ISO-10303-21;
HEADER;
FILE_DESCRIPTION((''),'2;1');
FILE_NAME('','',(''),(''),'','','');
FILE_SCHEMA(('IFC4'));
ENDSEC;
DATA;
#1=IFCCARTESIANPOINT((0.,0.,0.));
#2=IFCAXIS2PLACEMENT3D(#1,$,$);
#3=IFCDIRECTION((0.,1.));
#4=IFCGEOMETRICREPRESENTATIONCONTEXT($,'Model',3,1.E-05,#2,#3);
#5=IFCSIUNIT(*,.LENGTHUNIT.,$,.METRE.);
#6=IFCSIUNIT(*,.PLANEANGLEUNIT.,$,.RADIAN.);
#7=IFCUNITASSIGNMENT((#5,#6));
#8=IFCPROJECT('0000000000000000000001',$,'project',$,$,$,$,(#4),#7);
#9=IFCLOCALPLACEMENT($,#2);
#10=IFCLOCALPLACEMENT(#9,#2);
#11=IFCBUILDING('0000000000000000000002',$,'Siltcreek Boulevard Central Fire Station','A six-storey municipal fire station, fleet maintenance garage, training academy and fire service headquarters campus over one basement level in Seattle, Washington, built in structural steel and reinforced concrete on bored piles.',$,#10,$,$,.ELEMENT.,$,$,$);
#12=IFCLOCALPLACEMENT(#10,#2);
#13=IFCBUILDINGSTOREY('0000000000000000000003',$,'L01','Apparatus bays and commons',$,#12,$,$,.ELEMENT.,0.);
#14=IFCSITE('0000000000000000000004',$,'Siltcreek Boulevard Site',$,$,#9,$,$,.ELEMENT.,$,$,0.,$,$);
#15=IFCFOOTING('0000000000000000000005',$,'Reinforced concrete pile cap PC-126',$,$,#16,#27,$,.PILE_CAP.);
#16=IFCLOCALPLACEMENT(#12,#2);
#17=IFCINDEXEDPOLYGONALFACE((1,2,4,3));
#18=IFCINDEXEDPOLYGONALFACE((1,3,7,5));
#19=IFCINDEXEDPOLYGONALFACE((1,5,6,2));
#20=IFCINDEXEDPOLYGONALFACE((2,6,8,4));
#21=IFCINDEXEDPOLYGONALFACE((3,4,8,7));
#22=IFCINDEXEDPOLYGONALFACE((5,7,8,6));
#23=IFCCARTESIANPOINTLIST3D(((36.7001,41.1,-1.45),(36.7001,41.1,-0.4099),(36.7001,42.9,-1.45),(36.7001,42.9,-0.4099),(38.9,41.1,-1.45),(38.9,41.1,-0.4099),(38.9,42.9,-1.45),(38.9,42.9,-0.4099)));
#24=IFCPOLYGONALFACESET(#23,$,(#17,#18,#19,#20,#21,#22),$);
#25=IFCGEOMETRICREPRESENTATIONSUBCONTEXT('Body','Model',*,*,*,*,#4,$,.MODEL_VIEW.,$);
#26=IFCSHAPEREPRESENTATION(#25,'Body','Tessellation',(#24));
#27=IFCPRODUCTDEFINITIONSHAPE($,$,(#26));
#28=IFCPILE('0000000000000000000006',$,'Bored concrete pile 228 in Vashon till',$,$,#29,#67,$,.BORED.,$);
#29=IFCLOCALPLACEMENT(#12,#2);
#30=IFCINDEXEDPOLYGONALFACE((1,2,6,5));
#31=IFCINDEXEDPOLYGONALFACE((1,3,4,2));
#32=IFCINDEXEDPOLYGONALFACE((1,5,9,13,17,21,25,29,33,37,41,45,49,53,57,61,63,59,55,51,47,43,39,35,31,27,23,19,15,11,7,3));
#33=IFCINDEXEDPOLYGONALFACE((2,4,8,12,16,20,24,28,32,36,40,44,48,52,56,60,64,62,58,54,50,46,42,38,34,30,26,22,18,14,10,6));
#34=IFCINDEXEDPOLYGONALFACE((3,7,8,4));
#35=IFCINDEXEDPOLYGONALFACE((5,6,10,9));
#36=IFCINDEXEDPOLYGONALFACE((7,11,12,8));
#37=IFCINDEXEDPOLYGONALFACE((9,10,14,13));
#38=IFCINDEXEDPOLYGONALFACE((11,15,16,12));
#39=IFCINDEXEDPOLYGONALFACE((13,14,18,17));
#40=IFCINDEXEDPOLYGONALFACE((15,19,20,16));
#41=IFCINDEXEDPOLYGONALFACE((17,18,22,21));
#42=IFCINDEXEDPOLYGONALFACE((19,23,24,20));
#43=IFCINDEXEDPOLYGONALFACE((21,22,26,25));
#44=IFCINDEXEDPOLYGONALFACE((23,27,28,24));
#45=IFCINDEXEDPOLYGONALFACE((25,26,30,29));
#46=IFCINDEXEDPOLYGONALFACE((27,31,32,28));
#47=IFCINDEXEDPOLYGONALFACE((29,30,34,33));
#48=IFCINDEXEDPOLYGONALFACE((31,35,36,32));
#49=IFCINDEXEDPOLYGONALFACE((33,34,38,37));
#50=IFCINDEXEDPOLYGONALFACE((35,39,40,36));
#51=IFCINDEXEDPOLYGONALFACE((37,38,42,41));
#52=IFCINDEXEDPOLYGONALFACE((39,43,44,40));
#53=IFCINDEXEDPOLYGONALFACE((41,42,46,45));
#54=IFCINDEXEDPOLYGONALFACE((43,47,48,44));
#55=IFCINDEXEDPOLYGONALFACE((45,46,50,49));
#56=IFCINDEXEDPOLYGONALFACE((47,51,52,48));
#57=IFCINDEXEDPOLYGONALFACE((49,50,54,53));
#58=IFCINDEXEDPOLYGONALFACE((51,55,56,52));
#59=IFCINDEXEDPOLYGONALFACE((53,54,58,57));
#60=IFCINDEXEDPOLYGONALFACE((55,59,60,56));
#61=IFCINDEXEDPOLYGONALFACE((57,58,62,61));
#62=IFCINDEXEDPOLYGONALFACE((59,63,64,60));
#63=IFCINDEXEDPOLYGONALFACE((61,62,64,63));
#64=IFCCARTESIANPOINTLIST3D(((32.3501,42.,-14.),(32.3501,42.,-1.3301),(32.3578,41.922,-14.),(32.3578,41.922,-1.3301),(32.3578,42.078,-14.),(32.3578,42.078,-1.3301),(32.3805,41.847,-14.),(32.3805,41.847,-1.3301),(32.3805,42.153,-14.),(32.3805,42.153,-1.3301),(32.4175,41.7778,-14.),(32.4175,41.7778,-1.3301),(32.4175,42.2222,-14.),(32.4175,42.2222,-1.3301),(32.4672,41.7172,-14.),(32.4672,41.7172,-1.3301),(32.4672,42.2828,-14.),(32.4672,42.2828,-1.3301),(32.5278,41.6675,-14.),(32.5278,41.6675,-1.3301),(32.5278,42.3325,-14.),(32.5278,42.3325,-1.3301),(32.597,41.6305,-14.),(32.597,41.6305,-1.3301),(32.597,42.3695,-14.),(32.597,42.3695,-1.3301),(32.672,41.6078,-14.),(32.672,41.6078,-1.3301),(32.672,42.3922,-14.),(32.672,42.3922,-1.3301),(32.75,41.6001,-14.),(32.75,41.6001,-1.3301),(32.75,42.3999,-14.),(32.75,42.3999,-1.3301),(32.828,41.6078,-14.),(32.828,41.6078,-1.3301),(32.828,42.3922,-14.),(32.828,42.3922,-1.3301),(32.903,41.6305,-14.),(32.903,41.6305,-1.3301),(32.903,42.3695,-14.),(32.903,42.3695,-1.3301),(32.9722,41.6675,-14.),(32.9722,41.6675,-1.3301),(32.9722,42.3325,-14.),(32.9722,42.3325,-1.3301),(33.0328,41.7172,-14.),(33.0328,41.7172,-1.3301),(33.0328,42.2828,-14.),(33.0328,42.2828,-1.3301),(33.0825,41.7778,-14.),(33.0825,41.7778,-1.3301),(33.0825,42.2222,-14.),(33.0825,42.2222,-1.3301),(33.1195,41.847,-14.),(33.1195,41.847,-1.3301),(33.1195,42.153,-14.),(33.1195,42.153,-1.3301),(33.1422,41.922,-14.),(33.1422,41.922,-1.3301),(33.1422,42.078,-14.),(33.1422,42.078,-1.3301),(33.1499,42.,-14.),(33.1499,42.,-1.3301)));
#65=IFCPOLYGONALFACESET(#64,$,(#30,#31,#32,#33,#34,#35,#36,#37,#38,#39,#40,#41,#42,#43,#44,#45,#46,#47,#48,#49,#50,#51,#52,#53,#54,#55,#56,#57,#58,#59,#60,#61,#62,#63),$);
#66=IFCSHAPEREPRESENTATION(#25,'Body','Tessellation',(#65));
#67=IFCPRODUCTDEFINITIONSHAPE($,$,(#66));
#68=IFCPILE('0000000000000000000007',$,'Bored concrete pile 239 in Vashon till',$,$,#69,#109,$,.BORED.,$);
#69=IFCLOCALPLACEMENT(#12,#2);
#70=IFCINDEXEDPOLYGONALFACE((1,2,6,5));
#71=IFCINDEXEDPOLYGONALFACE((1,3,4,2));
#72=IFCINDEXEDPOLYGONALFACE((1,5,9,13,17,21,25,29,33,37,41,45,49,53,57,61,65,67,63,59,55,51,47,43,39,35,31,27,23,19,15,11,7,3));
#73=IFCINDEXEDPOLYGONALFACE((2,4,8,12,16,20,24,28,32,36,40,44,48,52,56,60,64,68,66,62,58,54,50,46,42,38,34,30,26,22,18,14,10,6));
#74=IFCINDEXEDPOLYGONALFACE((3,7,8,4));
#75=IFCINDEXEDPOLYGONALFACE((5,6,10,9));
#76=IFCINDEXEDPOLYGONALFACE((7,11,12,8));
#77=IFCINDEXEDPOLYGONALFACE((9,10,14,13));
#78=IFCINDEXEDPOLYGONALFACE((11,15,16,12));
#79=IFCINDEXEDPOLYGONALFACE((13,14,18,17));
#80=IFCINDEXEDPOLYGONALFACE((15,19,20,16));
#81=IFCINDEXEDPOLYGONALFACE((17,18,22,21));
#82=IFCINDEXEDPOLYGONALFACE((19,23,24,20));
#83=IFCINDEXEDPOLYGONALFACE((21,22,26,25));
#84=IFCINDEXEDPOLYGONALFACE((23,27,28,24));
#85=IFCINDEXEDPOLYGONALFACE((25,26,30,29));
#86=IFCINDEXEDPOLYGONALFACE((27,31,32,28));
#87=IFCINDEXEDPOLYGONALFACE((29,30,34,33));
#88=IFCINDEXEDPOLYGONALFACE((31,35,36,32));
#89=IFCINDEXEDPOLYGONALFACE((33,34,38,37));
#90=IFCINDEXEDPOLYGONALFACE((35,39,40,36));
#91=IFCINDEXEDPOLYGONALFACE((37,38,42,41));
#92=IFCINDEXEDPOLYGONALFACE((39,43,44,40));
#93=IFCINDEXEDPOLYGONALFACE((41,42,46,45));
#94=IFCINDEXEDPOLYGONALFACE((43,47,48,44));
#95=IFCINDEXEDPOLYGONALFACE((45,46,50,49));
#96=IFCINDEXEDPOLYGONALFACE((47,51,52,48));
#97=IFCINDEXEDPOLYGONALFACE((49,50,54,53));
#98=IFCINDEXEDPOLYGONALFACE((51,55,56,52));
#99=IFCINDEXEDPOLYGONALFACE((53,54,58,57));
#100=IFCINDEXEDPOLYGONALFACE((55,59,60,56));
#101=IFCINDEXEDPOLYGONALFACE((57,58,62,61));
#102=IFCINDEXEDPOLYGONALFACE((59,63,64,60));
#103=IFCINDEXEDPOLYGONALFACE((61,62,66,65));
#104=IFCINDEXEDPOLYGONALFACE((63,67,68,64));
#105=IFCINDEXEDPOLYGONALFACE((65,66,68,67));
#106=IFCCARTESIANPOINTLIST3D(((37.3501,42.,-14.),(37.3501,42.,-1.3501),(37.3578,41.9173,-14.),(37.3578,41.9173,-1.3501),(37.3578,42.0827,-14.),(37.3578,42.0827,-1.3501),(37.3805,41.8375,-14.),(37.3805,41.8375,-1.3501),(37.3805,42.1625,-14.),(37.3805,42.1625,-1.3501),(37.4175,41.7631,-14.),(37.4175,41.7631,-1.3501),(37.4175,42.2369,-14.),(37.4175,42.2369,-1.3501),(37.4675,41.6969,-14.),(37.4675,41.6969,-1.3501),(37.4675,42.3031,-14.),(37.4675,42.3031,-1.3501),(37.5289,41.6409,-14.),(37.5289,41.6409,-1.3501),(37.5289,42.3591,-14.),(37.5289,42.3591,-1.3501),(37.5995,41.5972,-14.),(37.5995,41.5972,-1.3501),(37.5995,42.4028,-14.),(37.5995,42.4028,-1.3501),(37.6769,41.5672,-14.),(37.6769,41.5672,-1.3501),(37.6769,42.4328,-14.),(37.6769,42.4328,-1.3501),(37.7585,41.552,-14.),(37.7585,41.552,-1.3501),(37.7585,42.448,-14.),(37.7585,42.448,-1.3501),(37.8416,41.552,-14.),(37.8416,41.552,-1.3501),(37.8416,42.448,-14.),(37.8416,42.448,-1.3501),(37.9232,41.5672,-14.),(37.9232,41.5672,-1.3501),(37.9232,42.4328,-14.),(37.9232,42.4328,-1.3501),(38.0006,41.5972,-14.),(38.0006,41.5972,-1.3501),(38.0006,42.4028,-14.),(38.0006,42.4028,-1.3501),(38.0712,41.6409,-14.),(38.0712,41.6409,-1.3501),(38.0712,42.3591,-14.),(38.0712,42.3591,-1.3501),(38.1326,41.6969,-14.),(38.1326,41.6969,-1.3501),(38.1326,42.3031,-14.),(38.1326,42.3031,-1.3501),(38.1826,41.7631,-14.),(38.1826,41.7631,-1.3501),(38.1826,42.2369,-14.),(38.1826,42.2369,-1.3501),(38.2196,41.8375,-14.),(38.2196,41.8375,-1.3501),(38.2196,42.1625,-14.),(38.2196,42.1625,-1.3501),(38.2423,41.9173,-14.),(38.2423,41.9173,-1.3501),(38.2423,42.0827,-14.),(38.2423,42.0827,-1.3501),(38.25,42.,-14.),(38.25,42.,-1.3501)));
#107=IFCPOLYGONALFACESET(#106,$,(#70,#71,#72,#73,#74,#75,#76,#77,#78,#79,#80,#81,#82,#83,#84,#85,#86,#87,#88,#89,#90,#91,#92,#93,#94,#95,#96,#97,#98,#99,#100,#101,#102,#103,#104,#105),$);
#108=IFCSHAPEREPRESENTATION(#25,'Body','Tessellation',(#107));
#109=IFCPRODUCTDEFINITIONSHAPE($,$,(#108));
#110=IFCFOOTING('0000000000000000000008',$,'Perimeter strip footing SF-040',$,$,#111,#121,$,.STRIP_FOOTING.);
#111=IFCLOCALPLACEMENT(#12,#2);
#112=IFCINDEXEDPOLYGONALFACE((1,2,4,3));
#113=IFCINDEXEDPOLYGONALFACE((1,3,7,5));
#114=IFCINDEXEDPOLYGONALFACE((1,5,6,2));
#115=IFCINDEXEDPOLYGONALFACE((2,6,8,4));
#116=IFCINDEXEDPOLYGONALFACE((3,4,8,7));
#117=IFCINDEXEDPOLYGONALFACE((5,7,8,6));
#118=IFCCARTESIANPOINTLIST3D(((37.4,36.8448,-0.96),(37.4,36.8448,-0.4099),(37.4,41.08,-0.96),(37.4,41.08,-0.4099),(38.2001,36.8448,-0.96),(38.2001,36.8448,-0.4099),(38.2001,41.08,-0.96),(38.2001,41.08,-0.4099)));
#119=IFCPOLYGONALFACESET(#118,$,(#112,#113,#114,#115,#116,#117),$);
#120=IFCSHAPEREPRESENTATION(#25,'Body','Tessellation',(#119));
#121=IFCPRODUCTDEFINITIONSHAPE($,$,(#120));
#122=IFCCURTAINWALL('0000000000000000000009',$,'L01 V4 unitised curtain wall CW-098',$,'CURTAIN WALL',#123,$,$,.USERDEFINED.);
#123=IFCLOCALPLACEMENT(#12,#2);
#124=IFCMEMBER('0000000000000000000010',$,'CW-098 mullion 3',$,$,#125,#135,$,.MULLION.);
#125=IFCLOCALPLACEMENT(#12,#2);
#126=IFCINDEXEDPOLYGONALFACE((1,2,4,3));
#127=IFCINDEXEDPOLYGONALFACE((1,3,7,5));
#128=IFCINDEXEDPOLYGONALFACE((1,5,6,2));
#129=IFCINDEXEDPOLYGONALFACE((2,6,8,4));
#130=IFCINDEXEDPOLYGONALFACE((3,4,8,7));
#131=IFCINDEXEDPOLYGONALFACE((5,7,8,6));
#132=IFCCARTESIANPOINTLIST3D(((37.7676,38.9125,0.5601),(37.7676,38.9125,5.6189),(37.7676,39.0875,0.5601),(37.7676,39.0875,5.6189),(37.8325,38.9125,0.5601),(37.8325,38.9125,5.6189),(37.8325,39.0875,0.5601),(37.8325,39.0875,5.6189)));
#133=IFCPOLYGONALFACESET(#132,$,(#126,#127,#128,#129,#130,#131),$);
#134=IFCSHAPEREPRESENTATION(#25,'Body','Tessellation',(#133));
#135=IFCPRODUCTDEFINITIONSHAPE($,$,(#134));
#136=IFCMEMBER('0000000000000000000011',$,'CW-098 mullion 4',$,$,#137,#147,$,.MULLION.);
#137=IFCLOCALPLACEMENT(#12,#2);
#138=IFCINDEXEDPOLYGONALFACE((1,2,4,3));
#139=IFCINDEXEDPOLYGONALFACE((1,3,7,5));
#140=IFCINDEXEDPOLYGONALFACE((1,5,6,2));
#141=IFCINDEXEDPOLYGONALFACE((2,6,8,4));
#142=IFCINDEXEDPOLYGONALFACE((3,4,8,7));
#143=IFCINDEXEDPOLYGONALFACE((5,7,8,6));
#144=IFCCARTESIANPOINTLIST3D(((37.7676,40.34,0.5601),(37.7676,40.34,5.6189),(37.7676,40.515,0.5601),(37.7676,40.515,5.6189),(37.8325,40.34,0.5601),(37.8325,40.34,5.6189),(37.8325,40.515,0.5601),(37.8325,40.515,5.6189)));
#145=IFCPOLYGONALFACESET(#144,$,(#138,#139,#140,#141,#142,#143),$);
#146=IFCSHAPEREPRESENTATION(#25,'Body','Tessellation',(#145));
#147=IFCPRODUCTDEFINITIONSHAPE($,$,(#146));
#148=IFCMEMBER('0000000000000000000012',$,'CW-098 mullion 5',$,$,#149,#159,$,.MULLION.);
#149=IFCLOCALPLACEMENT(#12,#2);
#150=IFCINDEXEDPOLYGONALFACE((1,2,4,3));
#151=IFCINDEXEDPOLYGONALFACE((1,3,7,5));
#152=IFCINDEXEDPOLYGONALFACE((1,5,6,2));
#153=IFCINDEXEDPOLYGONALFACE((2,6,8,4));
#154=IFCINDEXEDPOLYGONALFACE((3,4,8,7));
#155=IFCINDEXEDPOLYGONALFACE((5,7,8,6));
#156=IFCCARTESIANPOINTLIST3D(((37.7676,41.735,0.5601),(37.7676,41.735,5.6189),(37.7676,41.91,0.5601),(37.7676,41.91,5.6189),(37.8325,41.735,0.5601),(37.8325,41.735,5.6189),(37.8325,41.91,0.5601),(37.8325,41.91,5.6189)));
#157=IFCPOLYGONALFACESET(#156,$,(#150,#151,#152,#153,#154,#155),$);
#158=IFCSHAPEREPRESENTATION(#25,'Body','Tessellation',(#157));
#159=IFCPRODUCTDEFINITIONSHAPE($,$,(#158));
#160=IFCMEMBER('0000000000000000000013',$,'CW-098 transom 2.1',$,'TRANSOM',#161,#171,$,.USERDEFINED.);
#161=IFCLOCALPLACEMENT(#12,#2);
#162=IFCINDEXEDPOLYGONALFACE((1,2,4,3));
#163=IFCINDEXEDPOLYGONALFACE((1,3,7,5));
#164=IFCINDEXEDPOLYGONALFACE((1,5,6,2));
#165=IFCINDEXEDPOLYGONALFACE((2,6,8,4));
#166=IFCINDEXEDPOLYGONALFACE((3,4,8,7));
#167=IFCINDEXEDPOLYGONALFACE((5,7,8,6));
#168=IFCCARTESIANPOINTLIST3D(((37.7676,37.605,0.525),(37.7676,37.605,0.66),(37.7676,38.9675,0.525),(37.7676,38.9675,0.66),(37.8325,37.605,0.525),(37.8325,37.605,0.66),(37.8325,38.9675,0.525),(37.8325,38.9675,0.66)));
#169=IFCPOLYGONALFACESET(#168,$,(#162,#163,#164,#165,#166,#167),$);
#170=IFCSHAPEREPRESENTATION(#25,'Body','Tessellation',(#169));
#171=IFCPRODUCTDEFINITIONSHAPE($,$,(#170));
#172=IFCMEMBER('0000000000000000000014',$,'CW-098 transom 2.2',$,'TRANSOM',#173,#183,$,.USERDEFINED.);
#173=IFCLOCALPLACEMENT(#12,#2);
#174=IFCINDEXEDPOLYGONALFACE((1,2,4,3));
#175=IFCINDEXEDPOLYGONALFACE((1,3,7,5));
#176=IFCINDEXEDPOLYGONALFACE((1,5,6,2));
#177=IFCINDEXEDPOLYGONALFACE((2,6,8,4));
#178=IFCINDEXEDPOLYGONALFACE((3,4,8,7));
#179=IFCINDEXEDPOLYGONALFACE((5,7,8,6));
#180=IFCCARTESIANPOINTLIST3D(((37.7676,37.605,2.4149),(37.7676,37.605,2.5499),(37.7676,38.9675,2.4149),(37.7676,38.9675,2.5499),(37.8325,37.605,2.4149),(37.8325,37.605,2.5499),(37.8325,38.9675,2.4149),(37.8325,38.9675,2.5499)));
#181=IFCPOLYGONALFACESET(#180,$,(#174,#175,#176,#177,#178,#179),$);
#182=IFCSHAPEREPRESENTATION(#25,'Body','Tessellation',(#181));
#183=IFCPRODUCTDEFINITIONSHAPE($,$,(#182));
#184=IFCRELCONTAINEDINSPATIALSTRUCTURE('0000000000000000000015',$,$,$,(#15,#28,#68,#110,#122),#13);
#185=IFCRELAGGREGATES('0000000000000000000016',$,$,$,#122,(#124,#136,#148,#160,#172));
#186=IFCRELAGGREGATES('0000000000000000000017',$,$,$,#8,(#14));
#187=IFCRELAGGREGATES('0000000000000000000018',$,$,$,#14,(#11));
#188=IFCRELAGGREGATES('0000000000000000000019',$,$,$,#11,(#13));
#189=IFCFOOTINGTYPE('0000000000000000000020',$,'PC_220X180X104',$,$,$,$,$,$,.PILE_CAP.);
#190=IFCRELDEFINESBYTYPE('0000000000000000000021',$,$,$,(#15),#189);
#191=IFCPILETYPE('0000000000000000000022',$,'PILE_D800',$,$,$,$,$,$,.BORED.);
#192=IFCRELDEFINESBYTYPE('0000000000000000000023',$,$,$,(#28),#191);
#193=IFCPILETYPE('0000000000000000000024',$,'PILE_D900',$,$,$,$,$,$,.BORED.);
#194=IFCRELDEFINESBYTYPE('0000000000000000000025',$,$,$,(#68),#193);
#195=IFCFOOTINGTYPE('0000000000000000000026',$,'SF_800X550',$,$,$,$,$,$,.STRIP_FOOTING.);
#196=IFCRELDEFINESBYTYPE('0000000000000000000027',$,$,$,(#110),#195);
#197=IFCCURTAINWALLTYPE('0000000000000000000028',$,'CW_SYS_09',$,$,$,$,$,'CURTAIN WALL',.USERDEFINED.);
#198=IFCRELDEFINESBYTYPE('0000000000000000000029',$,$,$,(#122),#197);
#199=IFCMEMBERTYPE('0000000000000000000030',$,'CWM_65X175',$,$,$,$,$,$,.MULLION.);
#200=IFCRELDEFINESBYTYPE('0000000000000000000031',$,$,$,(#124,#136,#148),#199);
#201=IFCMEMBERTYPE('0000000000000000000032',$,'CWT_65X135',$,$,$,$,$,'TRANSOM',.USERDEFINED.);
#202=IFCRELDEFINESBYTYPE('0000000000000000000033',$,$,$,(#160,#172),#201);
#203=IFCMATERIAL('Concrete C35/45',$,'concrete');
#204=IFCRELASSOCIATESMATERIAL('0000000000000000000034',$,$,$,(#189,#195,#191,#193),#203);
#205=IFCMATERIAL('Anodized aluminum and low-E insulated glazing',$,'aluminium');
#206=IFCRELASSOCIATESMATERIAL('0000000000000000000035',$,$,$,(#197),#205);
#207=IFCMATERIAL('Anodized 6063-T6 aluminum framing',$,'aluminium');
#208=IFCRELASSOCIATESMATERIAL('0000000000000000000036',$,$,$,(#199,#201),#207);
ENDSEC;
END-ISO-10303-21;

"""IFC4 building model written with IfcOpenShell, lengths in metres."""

from ifc_helpers import new_model, si_unit, direction, frame, origin, origin_2d, place, context, subcontext, project, spatial, rectangle, circle, extrude, material, material_profile, profile_set, type_object, element, aggregate, save


model = new_model("IFC4")

# Units and contexts
model_context = context("Model", 3, precision=1e-05, world=origin(), true_north=direction((0.0, 1.0)))
body_context = subcontext(model_context, "Body", "Model", "MODEL_VIEW")
ifc_project = project(units=[si_unit("LENGTHUNIT", "METRE"), si_unit("PLANEANGLEUNIT", "RADIAN")], contexts=[model_context])

# Site, building, storey
site_placement = place(None, origin())
site = spatial("IfcSite", under=ifc_project, at=site_placement, Name="Siltcreek Boulevard Site", CompositionType="ELEMENT", RefElevation=0.0)
building_placement = place(site_placement, origin())
building = spatial("IfcBuilding", under=site, at=building_placement, Name="Siltcreek Boulevard Central Fire Station", Description="A six-storey municipal fire station, fleet maintenance garage, training academy and fire service headquarters campus over one basement level in Seattle, Washington, built in structural steel and reinforced concrete on bored piles.", CompositionType="ELEMENT")
storey_placement = place(building_placement, origin())
storey = spatial("IfcBuildingStorey", under=building, at=storey_placement, Name="L01", Description="Apparatus bays and commons", CompositionType="ELEMENT", Elevation=0.0)

# Footing
ifc_material_1 = material(Name="Concrete C35/45", Category="concrete")
footing_type_1 = type_object("IfcFootingType", Name="PC_220X180X104", PredefinedType="PILE_CAP", material=ifc_material_1)
footing_1_placement = place(storey_placement, frame((37.8, 42.0, -1.45), z_axis=(0.0, 0.0, 1.0), x_axis=(1.0, 0.0, 0.0)))
element("IfcFooting", 1, at=footing_1_placement, inside=storey, type_object=footing_type_1, Name="Reinforced concrete pile cap PC-126", PredefinedType="PILE_CAP", context=body_context, shape_type="SweptSolid", body=[
    extrude(rectangle(XDim=2.2, YDim=1.8, at=origin_2d()), origin(), (0.0, 0.0, 1.0), 1.04),
])

# Piles
ifc_material_profile_1 = material_profile(ifc_material_1, circle(Radius=0.3999, at=origin_2d()), Name="SHAFT800")
ifc_profile_set_1 = profile_set([ifc_material_profile_1], Name="Concrete C35/45")
pile_type_1 = type_object("IfcPileType", Name="PILE_D800", PredefinedType="BORED", material=ifc_profile_set_1)
pile_1_placement = place(storey_placement, frame((32.75, 42.0, -1.3301), z_axis=(0.0, 0.0, -1.0), x_axis=(1.0, 0.0, 0.0)))
element("IfcPile", 2, at=pile_1_placement, inside=storey, type_object=pile_type_1, Name="Bored concrete pile 228 in Vashon till", PredefinedType="BORED", context=body_context, shape_type="SweptSolid", body=[
    extrude(circle(Radius=0.3999, at=origin_2d()), origin(), (0.0, 0.0, 1.0), 12.6699),
])
ifc_material_profile_2 = material_profile(ifc_material_1, circle(Radius=0.45, at=origin_2d()), Name="SHAFT900")
ifc_profile_set_2 = profile_set([ifc_material_profile_2], Name="Concrete C35/45")
pile_type_2 = type_object("IfcPileType", Name="PILE_D900", PredefinedType="BORED", material=ifc_profile_set_2)
pile_2_placement = place(storey_placement, frame((37.8, 42.0, -1.3501), z_axis=(0.0, 0.0, -1.0), x_axis=(1.0, 0.0, 0.0)))
element("IfcPile", 3, at=pile_2_placement, inside=storey, type_object=pile_type_2, Name="Bored concrete pile 239 in Vashon till", PredefinedType="BORED", context=body_context, shape_type="SweptSolid", body=[
    extrude(circle(Radius=0.45, at=origin_2d()), origin(), (0.0, 0.0, 1.0), 12.6499),
])

# Footing
footing_type_2 = type_object("IfcFootingType", Name="SF_800X550", PredefinedType="STRIP_FOOTING", material=ifc_material_1)
footing_2_placement = place(storey_placement, frame((37.8, 38.9624, -0.96), z_axis=(0.0, 0.0, 1.0), x_axis=(1.0, 0.0, 0.0)))
element("IfcFooting", 4, at=footing_2_placement, inside=storey, type_object=footing_type_2, Name="Perimeter strip footing SF-040", PredefinedType="STRIP_FOOTING", context=body_context, shape_type="SweptSolid", body=[
    extrude(rectangle(XDim=0.8, YDim=4.2351, at=origin_2d()), origin(), (0.0, 0.0, 1.0), 0.55),
])

# Curtain wall, members
ifc_material_2 = material(Name="Anodized aluminum and low-E insulated glazing", Category="aluminium")
curtain_wall_type = type_object("IfcCurtainWallType", Name="CW_SYS_09", ElementType="CURTAIN WALL", PredefinedType="USERDEFINED", material=ifc_material_2)
curtain_wall_placement = place(storey_placement, origin())
curtain_wall = element("IfcCurtainWall", 5, at=curtain_wall_placement, inside=storey, type_object=curtain_wall_type, Name="L01 V4 unitised curtain wall CW-098", ObjectType="CURTAIN WALL", PredefinedType="USERDEFINED")
ifc_material_3 = material(Name="Anodized 6063-T6 aluminum framing", Category="aluminium")
ifc_material_profile_3 = material_profile(ifc_material_3, rectangle(XDim=0.0649, YDim=0.175, at=origin_2d()), Name="MULL65X175")
ifc_profile_set_3 = profile_set([ifc_material_profile_3], Name="Anodized 6063-T6 aluminum framing")
member_type_1 = type_object("IfcMemberType", Name="CWM_65X175", PredefinedType="MULLION", material=ifc_profile_set_3)
member_1_placement = place(storey_placement, frame((37.8, 39.0, 0.5601), z_axis=(0.0, 0.0, 1.0), x_axis=(-1.0, 0.0, 0.0)))
member_1 = element("IfcMember", 6, at=member_1_placement, type_object=member_type_1, Name="CW-098 mullion 3", PredefinedType="MULLION", context=body_context, shape_type="SweptSolid", body=[
    extrude(rectangle(XDim=0.0649, YDim=0.175, at=origin_2d()), origin(), (0.0, 0.0, 1.0), 5.0588),
])
member_2_placement = place(storey_placement, frame((37.8, 40.4275, 0.5601), z_axis=(0.0, 0.0, 1.0), x_axis=(-1.0, 0.0, 0.0)))
member_2 = element("IfcMember", 7, at=member_2_placement, type_object=member_type_1, Name="CW-098 mullion 4", PredefinedType="MULLION", context=body_context, shape_type="SweptSolid", body=[
    extrude(rectangle(XDim=0.0649, YDim=0.175, at=origin_2d()), origin(), (0.0, 0.0, 1.0), 5.0588),
])
member_3_placement = place(storey_placement, frame((37.8, 41.8225, 0.5601), z_axis=(0.0, 0.0, 1.0), x_axis=(-1.0, 0.0, 0.0)))
member_3 = element("IfcMember", 8, at=member_3_placement, type_object=member_type_1, Name="CW-098 mullion 5", PredefinedType="MULLION", context=body_context, shape_type="SweptSolid", body=[
    extrude(rectangle(XDim=0.0649, YDim=0.175, at=origin_2d()), origin(), (0.0, 0.0, 1.0), 5.0588),
])
ifc_material_profile_4 = material_profile(ifc_material_3, rectangle(XDim=0.0649, YDim=0.135, at=origin_2d()), Name="TRAN65X135")
ifc_profile_set_4 = profile_set([ifc_material_profile_4], Name="Anodized 6063-T6 aluminum framing")
member_type_2 = type_object("IfcMemberType", Name="CWT_65X135", ElementType="TRANSOM", PredefinedType="USERDEFINED", material=ifc_profile_set_4)
member_4_placement = place(storey_placement, frame((37.8, 37.605, 0.5925), z_axis=(0.0, 1.0, 0.0), x_axis=(-1.0, 0.0, 0.0)))
member_4 = element("IfcMember", 9, at=member_4_placement, type_object=member_type_2, Name="CW-098 transom 2.1", ObjectType="TRANSOM", PredefinedType="USERDEFINED", context=body_context, shape_type="SweptSolid", body=[
    extrude(rectangle(XDim=0.0649, YDim=0.135, at=origin_2d()), origin(), (0.0, 0.0, 1.0), 1.3625),
])
member_5_placement = place(storey_placement, frame((37.8, 37.605, 2.4824), z_axis=(0.0, 1.0, 0.0), x_axis=(-1.0, 0.0, 0.0)))
member_5 = element("IfcMember", 10, at=member_5_placement, type_object=member_type_2, Name="CW-098 transom 2.2", ObjectType="TRANSOM", PredefinedType="USERDEFINED", context=body_context, shape_type="SweptSolid", body=[
    extrude(rectangle(XDim=0.0649, YDim=0.135, at=origin_2d()), origin(), (0.0, 0.0, 1.0), 1.3625),
])

aggregate(curtain_wall, [member_1, member_2, member_3, member_4, member_5])

save(model, "model.ifc")
